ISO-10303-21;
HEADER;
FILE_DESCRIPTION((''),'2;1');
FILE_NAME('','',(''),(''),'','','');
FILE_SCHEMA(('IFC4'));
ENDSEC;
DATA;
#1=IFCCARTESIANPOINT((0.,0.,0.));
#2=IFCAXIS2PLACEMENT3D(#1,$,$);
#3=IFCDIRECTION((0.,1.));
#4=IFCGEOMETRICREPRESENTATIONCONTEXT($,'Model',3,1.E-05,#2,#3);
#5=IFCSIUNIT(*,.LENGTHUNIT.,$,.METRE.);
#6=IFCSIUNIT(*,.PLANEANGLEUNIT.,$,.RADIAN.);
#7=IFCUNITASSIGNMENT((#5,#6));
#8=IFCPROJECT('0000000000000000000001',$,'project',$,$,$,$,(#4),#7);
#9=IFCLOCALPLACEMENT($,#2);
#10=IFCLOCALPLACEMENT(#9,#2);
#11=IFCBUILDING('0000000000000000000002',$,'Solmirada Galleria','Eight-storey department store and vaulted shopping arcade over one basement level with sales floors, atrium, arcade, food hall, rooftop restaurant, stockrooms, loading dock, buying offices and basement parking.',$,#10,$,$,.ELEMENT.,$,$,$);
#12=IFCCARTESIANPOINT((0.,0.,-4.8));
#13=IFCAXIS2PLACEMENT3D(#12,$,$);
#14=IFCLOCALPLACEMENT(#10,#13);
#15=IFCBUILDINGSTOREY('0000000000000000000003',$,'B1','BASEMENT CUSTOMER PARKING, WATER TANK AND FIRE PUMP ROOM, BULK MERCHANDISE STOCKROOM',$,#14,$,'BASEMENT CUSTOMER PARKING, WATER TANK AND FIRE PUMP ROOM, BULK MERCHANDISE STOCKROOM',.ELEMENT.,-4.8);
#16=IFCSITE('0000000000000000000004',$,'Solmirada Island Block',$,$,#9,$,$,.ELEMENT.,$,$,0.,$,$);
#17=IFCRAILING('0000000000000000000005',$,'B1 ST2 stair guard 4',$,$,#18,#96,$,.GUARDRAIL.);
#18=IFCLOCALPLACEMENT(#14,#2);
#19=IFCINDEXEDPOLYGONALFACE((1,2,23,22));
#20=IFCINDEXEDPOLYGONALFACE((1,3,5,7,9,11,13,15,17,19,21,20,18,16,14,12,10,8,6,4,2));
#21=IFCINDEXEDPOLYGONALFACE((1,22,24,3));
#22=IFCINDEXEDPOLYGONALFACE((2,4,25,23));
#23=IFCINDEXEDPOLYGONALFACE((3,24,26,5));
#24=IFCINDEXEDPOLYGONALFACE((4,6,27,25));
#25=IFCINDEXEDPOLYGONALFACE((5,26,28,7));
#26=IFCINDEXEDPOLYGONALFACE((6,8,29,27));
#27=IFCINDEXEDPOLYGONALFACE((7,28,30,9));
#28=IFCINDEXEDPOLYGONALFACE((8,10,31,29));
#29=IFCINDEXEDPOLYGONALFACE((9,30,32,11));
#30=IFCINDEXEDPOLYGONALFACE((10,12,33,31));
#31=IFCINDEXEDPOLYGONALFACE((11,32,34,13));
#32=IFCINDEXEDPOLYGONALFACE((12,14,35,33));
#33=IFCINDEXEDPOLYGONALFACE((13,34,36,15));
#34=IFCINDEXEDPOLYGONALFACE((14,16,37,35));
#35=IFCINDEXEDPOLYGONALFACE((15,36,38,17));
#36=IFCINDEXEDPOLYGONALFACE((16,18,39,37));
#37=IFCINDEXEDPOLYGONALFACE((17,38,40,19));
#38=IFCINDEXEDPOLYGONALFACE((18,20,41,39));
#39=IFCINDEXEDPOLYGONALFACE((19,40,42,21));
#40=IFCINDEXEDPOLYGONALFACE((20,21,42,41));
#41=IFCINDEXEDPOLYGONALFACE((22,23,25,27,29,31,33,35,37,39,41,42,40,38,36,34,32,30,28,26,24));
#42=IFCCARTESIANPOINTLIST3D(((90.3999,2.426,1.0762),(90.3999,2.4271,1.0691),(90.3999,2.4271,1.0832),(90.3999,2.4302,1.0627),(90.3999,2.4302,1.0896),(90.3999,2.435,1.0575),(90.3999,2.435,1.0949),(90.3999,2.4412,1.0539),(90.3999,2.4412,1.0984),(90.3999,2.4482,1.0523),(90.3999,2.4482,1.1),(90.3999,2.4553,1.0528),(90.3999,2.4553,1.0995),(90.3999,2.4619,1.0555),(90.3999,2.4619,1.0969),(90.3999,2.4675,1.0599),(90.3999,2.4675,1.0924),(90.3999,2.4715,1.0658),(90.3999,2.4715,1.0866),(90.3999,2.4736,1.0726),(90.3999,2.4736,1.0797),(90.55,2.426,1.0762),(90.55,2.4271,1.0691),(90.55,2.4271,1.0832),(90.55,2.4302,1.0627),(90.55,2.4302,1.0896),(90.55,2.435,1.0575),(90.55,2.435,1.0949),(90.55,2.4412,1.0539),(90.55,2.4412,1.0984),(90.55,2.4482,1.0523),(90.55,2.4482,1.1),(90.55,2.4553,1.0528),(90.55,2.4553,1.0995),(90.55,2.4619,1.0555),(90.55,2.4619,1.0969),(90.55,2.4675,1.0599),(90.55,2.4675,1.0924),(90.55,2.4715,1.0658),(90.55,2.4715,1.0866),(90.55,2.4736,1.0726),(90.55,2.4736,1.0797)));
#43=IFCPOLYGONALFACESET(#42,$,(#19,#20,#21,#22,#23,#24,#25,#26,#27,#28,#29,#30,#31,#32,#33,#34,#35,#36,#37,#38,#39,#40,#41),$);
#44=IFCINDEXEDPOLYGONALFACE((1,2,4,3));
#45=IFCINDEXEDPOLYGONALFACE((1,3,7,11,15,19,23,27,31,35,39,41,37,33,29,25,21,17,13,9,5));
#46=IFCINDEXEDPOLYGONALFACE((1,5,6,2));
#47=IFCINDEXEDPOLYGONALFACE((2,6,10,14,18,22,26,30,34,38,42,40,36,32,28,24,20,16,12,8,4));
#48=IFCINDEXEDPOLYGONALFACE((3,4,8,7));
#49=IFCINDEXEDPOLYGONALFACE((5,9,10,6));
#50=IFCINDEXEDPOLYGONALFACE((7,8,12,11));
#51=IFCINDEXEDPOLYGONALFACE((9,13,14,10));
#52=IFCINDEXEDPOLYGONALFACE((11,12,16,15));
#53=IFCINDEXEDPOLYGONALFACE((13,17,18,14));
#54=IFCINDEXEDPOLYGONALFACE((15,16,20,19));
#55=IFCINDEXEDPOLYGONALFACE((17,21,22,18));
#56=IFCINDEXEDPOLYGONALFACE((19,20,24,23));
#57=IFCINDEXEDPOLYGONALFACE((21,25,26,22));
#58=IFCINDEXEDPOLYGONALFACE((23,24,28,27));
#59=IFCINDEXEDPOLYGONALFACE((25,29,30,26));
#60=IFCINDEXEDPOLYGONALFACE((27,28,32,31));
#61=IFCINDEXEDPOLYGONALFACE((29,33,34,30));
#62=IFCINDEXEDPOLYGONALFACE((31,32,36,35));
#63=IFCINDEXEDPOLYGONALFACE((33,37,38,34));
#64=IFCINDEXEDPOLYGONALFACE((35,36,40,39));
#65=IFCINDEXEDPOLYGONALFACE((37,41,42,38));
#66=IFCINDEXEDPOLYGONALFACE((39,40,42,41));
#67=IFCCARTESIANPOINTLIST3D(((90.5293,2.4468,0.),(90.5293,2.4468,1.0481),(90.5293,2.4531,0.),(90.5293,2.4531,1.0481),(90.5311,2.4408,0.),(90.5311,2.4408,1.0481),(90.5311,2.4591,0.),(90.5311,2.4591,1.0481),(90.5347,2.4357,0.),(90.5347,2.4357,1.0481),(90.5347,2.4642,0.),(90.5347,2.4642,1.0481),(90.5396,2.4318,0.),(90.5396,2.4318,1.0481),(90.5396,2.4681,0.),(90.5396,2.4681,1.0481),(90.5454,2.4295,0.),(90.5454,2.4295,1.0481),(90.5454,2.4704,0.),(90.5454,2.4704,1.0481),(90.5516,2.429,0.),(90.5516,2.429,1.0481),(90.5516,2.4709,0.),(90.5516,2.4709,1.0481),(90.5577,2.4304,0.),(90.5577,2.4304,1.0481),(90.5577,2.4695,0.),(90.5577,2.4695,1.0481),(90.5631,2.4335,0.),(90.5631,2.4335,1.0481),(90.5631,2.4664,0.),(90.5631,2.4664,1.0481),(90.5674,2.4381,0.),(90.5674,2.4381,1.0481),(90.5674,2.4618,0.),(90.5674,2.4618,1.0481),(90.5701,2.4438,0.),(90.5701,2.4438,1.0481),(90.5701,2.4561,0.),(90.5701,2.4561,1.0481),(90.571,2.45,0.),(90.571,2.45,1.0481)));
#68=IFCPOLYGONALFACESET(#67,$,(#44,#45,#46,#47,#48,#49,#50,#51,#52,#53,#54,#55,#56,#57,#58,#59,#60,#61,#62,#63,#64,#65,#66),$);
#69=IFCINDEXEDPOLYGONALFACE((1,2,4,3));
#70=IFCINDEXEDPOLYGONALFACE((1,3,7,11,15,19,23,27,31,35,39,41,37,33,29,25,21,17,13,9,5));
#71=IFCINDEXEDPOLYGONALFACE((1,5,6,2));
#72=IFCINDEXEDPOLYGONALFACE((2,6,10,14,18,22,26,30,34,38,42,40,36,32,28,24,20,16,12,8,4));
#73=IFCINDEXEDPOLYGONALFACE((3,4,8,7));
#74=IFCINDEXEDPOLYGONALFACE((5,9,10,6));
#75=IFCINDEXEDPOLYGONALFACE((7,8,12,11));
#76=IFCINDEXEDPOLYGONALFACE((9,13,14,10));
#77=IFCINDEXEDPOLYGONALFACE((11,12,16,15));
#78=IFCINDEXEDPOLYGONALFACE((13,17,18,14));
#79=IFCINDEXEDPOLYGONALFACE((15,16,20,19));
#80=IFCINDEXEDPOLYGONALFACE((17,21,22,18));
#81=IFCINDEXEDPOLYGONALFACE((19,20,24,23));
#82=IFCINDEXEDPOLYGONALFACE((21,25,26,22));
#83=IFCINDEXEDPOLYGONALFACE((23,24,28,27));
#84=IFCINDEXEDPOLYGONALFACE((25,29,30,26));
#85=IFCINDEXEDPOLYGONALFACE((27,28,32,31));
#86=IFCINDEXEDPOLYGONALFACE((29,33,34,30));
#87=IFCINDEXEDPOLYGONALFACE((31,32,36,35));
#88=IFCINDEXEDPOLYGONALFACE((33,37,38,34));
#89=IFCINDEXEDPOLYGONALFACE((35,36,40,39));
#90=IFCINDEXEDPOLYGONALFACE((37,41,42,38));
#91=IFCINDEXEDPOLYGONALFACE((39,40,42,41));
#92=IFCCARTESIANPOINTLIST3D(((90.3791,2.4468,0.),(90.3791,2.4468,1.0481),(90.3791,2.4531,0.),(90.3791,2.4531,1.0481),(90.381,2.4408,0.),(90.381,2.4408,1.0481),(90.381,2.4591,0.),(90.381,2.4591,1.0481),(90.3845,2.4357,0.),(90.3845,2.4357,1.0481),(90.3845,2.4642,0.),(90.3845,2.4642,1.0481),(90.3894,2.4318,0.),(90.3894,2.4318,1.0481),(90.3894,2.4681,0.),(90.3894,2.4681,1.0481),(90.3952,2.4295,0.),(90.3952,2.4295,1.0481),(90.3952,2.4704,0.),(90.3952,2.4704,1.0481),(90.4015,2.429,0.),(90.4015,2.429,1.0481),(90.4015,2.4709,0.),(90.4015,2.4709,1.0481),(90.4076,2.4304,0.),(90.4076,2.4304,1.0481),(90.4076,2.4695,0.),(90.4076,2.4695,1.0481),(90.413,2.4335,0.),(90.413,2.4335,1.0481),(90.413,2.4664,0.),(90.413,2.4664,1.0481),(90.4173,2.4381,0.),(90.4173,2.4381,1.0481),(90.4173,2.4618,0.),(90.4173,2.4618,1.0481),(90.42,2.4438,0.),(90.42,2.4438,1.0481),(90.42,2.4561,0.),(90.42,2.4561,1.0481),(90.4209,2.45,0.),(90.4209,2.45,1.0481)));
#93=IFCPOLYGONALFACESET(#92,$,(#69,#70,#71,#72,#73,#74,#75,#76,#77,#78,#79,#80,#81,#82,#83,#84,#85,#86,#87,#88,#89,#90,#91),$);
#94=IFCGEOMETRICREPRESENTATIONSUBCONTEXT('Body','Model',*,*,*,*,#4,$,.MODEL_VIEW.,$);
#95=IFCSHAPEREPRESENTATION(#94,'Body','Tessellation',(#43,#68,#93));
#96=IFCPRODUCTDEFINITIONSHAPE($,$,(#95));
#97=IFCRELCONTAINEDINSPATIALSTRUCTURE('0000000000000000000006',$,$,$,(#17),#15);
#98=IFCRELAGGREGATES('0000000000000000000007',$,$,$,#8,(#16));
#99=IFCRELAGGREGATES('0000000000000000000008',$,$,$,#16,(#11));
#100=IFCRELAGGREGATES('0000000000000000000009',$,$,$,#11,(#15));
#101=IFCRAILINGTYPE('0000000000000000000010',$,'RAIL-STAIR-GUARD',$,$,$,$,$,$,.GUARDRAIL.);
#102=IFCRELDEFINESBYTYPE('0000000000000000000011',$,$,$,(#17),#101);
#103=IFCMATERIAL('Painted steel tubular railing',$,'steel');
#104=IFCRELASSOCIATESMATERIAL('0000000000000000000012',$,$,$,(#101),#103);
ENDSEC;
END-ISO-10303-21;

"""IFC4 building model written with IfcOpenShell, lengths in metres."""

from ifc_helpers import new_model, si_unit, direction, frame, origin, origin_2d, place, context, subcontext, project, spatial, circle, extrude, material, type_object, element, save


model = new_model("IFC4")

# Units and contexts
model_context = context("Model", 3, precision=1e-05, world=origin(), true_north=direction((0.0, 1.0)))
body_context = subcontext(model_context, "Body", "Model", "MODEL_VIEW")
ifc_project = project(units=[si_unit("LENGTHUNIT", "METRE"), si_unit("PLANEANGLEUNIT", "RADIAN")], contexts=[model_context])

# Site, building, storey
site_placement = place(None, origin())
site = spatial("IfcSite", under=ifc_project, at=site_placement, Name="Solmirada Island Block", CompositionType="ELEMENT", RefElevation=0.0)
building_placement = place(site_placement, origin())
building = spatial("IfcBuilding", under=site, at=building_placement, Name="Solmirada Galleria", Description="Eight-storey department store and vaulted shopping arcade over one basement level with sales floors, atrium, arcade, food hall, rooftop restaurant, stockrooms, loading dock, buying offices and basement parking.", CompositionType="ELEMENT")
storey_placement = place(building_placement, frame((0.0, 0.0, -4.8)))
storey = spatial("IfcBuildingStorey", under=building, at=storey_placement, Name="B1", Description="BASEMENT CUSTOMER PARKING, WATER TANK AND FIRE PUMP ROOM, BULK MERCHANDISE STOCKROOM", LongName="BASEMENT CUSTOMER PARKING, WATER TANK AND FIRE PUMP ROOM, BULK MERCHANDISE STOCKROOM", CompositionType="ELEMENT", Elevation=-4.8)

# Railing
ifc_material_1 = material(Name="Painted steel tubular railing", Category="steel")
railing_type_1 = type_object("IfcRailingType", Name="RAIL-STAIR-GUARD", PredefinedType="GUARDRAIL", material=ifc_material_1)
railing_1_placement = place(storey_placement, frame((90.55, 2.45, 0.0)))
element("IfcRailing", 1, at=railing_1_placement, inside=storey, type_object=railing_type_1, Name="B1 ST2 stair guard 4", PredefinedType="GUARDRAIL", context=body_context, shape_type="SweptSolid", body=[
    extrude(circle(Radius=0.0239, at=origin_2d()), frame((0.0, 0.0, 1.0762), z_axis=(-1.0, 0.0, 0.0), x_axis=(0.0, -1.0, 0.0)), (0.0, 0.0, 1.0), 0.1501),
    extrude(circle(Radius=0.021, at=origin_2d()), origin(), (0.0, 0.0, 1.0), 1.0481),
    extrude(circle(Radius=0.021, at=origin_2d()), frame((-0.1501, 0.0, 0.0)), (0.0, 0.0, 1.0), 1.0481),
])

save(model, "model.ifc")
